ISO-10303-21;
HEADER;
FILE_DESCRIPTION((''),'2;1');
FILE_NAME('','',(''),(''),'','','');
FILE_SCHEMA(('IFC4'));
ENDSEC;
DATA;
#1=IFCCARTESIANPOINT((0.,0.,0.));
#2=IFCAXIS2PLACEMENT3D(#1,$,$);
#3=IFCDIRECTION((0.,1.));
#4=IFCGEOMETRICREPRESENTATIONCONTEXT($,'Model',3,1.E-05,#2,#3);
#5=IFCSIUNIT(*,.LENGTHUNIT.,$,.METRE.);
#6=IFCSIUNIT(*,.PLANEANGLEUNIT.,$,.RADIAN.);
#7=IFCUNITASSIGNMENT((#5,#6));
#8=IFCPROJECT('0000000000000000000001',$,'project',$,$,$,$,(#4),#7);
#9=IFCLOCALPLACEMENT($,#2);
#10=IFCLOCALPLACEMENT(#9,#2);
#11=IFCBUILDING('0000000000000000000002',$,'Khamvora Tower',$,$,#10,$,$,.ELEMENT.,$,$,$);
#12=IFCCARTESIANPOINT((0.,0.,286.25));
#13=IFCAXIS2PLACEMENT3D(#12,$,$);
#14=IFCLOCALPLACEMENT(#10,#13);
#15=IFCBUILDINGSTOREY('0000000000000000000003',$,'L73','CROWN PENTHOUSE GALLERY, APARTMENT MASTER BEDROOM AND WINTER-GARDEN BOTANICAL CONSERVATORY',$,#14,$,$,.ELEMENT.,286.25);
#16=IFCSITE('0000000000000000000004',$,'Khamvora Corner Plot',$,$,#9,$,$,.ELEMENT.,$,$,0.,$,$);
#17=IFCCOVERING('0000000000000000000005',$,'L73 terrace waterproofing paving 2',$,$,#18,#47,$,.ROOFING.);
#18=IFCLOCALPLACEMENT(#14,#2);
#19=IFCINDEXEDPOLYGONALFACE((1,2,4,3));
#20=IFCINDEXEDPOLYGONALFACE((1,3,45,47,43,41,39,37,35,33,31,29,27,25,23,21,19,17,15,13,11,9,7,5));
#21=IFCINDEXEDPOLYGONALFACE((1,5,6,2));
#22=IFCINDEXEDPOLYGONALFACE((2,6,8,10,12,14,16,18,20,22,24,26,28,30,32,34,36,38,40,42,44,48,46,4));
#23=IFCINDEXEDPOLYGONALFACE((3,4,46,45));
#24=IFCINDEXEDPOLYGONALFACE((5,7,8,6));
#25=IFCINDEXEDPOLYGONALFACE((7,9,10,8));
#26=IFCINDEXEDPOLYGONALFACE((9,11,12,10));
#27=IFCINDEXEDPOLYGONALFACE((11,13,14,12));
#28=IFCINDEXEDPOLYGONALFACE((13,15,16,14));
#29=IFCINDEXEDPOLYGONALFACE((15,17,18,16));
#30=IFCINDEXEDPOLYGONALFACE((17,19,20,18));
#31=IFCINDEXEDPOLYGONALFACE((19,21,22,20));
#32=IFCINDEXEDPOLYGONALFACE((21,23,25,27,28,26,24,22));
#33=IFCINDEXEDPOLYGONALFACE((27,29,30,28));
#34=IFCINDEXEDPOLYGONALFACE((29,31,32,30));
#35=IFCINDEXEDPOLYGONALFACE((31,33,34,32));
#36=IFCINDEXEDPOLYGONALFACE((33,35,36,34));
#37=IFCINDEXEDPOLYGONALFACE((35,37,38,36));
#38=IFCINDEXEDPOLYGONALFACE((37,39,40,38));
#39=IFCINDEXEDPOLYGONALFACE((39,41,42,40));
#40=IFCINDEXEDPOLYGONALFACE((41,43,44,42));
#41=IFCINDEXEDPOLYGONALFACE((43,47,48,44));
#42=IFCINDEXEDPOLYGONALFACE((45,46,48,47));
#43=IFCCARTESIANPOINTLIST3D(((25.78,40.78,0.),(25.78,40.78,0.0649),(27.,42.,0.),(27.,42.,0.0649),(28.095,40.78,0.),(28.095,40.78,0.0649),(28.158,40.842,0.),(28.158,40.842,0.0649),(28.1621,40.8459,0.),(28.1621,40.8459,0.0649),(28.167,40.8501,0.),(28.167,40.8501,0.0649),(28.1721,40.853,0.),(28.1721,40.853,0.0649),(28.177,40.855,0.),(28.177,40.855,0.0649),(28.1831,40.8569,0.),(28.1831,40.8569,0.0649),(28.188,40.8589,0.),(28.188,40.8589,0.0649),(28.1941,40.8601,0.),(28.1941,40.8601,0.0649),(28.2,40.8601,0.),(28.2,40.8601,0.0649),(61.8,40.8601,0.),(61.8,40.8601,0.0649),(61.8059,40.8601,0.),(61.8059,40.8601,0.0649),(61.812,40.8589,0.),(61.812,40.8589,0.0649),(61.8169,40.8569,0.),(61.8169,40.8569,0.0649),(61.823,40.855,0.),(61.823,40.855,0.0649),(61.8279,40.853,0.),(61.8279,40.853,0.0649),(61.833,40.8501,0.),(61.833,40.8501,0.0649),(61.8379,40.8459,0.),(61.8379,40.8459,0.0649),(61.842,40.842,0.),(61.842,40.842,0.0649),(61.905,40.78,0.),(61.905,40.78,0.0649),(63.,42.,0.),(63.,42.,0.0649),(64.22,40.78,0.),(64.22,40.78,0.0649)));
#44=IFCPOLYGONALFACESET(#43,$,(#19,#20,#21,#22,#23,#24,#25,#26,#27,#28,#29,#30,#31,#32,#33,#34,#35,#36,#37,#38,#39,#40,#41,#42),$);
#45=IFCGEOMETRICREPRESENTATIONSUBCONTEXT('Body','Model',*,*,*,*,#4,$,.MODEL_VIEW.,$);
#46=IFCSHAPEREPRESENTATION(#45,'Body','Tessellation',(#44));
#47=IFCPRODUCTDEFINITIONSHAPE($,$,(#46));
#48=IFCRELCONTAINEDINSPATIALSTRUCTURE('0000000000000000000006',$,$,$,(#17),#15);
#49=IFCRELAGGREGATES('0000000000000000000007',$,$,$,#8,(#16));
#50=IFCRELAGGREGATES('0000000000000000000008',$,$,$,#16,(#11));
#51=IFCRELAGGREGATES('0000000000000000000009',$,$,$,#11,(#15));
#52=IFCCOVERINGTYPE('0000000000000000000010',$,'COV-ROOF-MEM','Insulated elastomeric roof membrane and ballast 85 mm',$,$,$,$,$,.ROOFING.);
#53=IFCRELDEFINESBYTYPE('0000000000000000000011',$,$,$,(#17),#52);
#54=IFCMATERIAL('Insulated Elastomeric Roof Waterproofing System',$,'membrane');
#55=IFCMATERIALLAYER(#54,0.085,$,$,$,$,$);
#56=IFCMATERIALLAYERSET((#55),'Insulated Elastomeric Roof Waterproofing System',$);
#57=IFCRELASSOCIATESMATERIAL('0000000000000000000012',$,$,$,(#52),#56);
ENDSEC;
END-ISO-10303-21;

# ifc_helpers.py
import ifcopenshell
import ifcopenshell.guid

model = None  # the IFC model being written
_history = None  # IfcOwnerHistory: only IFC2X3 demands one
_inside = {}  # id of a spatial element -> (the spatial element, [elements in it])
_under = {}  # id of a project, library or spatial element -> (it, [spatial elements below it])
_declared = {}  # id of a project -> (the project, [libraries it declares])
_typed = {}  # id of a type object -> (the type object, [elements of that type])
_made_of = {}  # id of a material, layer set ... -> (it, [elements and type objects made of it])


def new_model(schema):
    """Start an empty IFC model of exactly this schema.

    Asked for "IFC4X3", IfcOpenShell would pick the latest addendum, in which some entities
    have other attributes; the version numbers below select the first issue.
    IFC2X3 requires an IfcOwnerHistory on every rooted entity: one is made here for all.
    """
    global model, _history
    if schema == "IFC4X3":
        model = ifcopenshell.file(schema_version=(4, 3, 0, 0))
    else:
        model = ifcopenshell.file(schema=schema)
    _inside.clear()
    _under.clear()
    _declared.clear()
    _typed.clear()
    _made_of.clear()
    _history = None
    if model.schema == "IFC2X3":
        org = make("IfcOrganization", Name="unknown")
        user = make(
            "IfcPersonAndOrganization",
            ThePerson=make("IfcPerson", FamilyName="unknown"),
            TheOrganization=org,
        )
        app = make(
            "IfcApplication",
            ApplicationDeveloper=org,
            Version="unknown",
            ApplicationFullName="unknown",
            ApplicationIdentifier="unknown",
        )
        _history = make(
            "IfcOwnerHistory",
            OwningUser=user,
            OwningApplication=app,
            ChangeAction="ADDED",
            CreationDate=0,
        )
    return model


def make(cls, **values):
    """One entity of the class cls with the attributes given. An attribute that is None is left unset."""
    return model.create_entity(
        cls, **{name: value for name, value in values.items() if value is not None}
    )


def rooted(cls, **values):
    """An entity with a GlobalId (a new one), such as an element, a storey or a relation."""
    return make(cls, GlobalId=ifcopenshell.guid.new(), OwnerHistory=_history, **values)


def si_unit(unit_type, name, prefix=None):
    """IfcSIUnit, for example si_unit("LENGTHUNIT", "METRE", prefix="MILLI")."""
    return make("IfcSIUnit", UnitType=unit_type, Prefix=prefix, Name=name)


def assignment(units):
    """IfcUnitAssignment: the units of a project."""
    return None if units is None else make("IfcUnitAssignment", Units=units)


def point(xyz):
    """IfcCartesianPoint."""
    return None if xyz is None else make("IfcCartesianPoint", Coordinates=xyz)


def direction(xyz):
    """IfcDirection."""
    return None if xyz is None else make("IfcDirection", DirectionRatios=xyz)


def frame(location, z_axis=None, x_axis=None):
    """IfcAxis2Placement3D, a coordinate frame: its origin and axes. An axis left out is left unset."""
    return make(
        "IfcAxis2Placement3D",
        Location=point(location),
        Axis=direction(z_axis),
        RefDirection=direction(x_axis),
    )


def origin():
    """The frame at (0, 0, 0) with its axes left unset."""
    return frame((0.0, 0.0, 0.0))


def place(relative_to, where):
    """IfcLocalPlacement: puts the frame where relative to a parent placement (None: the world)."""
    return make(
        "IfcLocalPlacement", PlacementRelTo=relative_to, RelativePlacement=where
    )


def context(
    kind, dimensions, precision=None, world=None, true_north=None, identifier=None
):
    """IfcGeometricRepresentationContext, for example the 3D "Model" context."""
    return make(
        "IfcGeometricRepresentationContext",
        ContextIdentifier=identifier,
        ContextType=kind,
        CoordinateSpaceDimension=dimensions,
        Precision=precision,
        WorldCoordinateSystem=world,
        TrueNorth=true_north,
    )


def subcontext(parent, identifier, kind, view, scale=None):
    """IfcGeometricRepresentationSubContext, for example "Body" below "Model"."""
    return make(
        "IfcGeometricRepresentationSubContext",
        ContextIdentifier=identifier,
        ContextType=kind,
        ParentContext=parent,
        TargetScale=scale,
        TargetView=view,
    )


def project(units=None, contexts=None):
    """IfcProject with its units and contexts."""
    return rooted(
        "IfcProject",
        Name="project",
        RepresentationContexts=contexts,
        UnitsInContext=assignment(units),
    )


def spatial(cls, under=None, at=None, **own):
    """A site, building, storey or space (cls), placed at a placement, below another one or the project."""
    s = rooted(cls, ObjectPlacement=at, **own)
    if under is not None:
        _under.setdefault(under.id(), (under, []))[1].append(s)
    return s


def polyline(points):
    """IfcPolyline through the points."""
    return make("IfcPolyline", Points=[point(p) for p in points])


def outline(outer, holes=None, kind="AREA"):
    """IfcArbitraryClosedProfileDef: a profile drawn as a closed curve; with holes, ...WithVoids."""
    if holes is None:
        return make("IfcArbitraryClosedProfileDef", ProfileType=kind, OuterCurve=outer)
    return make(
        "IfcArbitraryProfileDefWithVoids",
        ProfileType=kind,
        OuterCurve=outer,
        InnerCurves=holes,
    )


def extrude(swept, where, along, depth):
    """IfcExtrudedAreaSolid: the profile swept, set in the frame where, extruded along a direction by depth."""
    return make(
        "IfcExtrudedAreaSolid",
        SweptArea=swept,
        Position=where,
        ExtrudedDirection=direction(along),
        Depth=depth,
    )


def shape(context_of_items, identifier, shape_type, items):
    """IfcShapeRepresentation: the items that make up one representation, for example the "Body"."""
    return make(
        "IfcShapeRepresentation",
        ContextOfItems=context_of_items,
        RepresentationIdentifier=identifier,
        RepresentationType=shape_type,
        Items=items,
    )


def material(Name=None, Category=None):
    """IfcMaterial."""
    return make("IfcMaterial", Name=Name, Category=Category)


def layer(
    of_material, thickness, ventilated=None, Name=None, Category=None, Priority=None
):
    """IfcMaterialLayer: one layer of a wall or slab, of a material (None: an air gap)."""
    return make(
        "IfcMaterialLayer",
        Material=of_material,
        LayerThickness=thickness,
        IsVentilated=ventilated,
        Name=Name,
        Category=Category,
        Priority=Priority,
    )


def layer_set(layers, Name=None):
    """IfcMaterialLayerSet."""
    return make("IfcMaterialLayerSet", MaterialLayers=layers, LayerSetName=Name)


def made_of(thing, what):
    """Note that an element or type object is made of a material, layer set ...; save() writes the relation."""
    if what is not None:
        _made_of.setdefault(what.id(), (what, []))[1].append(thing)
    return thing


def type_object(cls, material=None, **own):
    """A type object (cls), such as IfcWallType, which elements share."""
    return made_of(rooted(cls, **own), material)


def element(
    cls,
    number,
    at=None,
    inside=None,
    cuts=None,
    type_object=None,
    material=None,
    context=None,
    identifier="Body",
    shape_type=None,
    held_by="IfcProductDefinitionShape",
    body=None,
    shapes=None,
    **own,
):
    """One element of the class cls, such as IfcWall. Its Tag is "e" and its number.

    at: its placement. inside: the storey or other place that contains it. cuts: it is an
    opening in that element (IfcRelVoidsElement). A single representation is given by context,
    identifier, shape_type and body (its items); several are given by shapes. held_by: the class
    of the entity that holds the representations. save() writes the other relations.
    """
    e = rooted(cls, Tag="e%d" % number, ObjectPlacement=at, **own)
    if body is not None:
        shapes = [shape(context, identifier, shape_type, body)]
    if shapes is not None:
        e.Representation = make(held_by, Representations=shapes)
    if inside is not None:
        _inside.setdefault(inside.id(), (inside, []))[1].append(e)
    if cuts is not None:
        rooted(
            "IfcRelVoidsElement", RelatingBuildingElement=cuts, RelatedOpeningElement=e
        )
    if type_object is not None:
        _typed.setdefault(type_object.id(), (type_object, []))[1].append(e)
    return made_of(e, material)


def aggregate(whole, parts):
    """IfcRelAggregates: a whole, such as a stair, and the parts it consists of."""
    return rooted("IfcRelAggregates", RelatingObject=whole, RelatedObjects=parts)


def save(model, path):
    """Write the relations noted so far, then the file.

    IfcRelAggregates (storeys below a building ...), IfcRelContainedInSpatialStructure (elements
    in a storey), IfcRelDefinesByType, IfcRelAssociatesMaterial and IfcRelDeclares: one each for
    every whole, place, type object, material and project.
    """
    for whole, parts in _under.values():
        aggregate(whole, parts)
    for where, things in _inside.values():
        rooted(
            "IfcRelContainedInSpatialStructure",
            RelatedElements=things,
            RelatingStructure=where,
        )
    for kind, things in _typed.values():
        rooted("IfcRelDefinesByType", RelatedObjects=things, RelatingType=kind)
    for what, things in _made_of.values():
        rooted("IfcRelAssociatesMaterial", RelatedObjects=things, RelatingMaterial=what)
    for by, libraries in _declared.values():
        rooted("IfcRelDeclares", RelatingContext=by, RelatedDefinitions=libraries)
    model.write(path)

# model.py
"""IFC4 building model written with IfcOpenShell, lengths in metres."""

from ifc_helpers import new_model, si_unit, direction, frame, origin, place, context, subcontext, project, spatial, polyline, outline, extrude, material, layer, layer_set, type_object, element, save


model = new_model("IFC4")

# Units and contexts
model_context = context("Model", 3, precision=1e-05, world=origin(), true_north=direction((0.0, 1.0)))
body_context = subcontext(model_context, "Body", "Model", "MODEL_VIEW")
ifc_project = project(units=[si_unit("LENGTHUNIT", "METRE"), si_unit("PLANEANGLEUNIT", "RADIAN")], contexts=[model_context])

# Site, building, storey
site_placement = place(None, origin())
site = spatial("IfcSite", under=ifc_project, at=site_placement, Name="Khamvora Corner Plot", CompositionType="ELEMENT", RefElevation=0.0)
building_placement = place(site_placement, origin())
building = spatial("IfcBuilding", under=site, at=building_placement, Name="Khamvora Tower", CompositionType="ELEMENT")
storey_placement = place(building_placement, frame((0.0, 0.0, 286.25)))
storey = spatial("IfcBuildingStorey", under=building, at=storey_placement, Name="L73", Description="CROWN PENTHOUSE GALLERY, APARTMENT MASTER BEDROOM AND WINTER-GARDEN BOTANICAL CONSERVATORY", CompositionType="ELEMENT", Elevation=286.25)

# Covering
ifc_material_1 = material(Name="Insulated Elastomeric Roof Waterproofing System", Category="membrane")
ifc_layer_1 = layer(ifc_material_1, 0.085)
ifc_layer_set_1 = layer_set([ifc_layer_1], Name="Insulated Elastomeric Roof Waterproofing System")
covering_type = type_object("IfcCoveringType", Name="COV-ROOF-MEM", Description="Insulated elastomeric roof membrane and ballast 85 mm", PredefinedType="ROOFING", material=ifc_layer_set_1)
covering_1_placement = place(storey_placement, origin())
element("IfcCovering", 1, at=covering_1_placement, inside=storey, type_object=covering_type, Name="L73 terrace waterproofing paving 2", PredefinedType="ROOFING", context=body_context, shape_type="SweptSolid", body=[
    extrude(outline(polyline([(27.0, 42.0), (63.0, 42.0), (64.22, 40.78), (61.905, 40.78), (61.842, 40.842), (61.8379, 40.8459), (61.833, 40.8501), (61.8279, 40.853), (61.823, 40.855), (61.8169, 40.8569), (61.812, 40.8589), (61.8059, 40.8601), (61.8, 40.8601), (28.2, 40.8601), (28.1941, 40.8601), (28.188, 40.8589), (28.1831, 40.8569), (28.177, 40.855), (28.1721, 40.853), (28.167, 40.8501), (28.1621, 40.8459), (28.158, 40.842), (28.095, 40.78), (25.78, 40.78), (27.0, 42.0)])), origin(), (0.0, 0.0, 1.0), 0.0649),
])

save(model, "model.ifc")
